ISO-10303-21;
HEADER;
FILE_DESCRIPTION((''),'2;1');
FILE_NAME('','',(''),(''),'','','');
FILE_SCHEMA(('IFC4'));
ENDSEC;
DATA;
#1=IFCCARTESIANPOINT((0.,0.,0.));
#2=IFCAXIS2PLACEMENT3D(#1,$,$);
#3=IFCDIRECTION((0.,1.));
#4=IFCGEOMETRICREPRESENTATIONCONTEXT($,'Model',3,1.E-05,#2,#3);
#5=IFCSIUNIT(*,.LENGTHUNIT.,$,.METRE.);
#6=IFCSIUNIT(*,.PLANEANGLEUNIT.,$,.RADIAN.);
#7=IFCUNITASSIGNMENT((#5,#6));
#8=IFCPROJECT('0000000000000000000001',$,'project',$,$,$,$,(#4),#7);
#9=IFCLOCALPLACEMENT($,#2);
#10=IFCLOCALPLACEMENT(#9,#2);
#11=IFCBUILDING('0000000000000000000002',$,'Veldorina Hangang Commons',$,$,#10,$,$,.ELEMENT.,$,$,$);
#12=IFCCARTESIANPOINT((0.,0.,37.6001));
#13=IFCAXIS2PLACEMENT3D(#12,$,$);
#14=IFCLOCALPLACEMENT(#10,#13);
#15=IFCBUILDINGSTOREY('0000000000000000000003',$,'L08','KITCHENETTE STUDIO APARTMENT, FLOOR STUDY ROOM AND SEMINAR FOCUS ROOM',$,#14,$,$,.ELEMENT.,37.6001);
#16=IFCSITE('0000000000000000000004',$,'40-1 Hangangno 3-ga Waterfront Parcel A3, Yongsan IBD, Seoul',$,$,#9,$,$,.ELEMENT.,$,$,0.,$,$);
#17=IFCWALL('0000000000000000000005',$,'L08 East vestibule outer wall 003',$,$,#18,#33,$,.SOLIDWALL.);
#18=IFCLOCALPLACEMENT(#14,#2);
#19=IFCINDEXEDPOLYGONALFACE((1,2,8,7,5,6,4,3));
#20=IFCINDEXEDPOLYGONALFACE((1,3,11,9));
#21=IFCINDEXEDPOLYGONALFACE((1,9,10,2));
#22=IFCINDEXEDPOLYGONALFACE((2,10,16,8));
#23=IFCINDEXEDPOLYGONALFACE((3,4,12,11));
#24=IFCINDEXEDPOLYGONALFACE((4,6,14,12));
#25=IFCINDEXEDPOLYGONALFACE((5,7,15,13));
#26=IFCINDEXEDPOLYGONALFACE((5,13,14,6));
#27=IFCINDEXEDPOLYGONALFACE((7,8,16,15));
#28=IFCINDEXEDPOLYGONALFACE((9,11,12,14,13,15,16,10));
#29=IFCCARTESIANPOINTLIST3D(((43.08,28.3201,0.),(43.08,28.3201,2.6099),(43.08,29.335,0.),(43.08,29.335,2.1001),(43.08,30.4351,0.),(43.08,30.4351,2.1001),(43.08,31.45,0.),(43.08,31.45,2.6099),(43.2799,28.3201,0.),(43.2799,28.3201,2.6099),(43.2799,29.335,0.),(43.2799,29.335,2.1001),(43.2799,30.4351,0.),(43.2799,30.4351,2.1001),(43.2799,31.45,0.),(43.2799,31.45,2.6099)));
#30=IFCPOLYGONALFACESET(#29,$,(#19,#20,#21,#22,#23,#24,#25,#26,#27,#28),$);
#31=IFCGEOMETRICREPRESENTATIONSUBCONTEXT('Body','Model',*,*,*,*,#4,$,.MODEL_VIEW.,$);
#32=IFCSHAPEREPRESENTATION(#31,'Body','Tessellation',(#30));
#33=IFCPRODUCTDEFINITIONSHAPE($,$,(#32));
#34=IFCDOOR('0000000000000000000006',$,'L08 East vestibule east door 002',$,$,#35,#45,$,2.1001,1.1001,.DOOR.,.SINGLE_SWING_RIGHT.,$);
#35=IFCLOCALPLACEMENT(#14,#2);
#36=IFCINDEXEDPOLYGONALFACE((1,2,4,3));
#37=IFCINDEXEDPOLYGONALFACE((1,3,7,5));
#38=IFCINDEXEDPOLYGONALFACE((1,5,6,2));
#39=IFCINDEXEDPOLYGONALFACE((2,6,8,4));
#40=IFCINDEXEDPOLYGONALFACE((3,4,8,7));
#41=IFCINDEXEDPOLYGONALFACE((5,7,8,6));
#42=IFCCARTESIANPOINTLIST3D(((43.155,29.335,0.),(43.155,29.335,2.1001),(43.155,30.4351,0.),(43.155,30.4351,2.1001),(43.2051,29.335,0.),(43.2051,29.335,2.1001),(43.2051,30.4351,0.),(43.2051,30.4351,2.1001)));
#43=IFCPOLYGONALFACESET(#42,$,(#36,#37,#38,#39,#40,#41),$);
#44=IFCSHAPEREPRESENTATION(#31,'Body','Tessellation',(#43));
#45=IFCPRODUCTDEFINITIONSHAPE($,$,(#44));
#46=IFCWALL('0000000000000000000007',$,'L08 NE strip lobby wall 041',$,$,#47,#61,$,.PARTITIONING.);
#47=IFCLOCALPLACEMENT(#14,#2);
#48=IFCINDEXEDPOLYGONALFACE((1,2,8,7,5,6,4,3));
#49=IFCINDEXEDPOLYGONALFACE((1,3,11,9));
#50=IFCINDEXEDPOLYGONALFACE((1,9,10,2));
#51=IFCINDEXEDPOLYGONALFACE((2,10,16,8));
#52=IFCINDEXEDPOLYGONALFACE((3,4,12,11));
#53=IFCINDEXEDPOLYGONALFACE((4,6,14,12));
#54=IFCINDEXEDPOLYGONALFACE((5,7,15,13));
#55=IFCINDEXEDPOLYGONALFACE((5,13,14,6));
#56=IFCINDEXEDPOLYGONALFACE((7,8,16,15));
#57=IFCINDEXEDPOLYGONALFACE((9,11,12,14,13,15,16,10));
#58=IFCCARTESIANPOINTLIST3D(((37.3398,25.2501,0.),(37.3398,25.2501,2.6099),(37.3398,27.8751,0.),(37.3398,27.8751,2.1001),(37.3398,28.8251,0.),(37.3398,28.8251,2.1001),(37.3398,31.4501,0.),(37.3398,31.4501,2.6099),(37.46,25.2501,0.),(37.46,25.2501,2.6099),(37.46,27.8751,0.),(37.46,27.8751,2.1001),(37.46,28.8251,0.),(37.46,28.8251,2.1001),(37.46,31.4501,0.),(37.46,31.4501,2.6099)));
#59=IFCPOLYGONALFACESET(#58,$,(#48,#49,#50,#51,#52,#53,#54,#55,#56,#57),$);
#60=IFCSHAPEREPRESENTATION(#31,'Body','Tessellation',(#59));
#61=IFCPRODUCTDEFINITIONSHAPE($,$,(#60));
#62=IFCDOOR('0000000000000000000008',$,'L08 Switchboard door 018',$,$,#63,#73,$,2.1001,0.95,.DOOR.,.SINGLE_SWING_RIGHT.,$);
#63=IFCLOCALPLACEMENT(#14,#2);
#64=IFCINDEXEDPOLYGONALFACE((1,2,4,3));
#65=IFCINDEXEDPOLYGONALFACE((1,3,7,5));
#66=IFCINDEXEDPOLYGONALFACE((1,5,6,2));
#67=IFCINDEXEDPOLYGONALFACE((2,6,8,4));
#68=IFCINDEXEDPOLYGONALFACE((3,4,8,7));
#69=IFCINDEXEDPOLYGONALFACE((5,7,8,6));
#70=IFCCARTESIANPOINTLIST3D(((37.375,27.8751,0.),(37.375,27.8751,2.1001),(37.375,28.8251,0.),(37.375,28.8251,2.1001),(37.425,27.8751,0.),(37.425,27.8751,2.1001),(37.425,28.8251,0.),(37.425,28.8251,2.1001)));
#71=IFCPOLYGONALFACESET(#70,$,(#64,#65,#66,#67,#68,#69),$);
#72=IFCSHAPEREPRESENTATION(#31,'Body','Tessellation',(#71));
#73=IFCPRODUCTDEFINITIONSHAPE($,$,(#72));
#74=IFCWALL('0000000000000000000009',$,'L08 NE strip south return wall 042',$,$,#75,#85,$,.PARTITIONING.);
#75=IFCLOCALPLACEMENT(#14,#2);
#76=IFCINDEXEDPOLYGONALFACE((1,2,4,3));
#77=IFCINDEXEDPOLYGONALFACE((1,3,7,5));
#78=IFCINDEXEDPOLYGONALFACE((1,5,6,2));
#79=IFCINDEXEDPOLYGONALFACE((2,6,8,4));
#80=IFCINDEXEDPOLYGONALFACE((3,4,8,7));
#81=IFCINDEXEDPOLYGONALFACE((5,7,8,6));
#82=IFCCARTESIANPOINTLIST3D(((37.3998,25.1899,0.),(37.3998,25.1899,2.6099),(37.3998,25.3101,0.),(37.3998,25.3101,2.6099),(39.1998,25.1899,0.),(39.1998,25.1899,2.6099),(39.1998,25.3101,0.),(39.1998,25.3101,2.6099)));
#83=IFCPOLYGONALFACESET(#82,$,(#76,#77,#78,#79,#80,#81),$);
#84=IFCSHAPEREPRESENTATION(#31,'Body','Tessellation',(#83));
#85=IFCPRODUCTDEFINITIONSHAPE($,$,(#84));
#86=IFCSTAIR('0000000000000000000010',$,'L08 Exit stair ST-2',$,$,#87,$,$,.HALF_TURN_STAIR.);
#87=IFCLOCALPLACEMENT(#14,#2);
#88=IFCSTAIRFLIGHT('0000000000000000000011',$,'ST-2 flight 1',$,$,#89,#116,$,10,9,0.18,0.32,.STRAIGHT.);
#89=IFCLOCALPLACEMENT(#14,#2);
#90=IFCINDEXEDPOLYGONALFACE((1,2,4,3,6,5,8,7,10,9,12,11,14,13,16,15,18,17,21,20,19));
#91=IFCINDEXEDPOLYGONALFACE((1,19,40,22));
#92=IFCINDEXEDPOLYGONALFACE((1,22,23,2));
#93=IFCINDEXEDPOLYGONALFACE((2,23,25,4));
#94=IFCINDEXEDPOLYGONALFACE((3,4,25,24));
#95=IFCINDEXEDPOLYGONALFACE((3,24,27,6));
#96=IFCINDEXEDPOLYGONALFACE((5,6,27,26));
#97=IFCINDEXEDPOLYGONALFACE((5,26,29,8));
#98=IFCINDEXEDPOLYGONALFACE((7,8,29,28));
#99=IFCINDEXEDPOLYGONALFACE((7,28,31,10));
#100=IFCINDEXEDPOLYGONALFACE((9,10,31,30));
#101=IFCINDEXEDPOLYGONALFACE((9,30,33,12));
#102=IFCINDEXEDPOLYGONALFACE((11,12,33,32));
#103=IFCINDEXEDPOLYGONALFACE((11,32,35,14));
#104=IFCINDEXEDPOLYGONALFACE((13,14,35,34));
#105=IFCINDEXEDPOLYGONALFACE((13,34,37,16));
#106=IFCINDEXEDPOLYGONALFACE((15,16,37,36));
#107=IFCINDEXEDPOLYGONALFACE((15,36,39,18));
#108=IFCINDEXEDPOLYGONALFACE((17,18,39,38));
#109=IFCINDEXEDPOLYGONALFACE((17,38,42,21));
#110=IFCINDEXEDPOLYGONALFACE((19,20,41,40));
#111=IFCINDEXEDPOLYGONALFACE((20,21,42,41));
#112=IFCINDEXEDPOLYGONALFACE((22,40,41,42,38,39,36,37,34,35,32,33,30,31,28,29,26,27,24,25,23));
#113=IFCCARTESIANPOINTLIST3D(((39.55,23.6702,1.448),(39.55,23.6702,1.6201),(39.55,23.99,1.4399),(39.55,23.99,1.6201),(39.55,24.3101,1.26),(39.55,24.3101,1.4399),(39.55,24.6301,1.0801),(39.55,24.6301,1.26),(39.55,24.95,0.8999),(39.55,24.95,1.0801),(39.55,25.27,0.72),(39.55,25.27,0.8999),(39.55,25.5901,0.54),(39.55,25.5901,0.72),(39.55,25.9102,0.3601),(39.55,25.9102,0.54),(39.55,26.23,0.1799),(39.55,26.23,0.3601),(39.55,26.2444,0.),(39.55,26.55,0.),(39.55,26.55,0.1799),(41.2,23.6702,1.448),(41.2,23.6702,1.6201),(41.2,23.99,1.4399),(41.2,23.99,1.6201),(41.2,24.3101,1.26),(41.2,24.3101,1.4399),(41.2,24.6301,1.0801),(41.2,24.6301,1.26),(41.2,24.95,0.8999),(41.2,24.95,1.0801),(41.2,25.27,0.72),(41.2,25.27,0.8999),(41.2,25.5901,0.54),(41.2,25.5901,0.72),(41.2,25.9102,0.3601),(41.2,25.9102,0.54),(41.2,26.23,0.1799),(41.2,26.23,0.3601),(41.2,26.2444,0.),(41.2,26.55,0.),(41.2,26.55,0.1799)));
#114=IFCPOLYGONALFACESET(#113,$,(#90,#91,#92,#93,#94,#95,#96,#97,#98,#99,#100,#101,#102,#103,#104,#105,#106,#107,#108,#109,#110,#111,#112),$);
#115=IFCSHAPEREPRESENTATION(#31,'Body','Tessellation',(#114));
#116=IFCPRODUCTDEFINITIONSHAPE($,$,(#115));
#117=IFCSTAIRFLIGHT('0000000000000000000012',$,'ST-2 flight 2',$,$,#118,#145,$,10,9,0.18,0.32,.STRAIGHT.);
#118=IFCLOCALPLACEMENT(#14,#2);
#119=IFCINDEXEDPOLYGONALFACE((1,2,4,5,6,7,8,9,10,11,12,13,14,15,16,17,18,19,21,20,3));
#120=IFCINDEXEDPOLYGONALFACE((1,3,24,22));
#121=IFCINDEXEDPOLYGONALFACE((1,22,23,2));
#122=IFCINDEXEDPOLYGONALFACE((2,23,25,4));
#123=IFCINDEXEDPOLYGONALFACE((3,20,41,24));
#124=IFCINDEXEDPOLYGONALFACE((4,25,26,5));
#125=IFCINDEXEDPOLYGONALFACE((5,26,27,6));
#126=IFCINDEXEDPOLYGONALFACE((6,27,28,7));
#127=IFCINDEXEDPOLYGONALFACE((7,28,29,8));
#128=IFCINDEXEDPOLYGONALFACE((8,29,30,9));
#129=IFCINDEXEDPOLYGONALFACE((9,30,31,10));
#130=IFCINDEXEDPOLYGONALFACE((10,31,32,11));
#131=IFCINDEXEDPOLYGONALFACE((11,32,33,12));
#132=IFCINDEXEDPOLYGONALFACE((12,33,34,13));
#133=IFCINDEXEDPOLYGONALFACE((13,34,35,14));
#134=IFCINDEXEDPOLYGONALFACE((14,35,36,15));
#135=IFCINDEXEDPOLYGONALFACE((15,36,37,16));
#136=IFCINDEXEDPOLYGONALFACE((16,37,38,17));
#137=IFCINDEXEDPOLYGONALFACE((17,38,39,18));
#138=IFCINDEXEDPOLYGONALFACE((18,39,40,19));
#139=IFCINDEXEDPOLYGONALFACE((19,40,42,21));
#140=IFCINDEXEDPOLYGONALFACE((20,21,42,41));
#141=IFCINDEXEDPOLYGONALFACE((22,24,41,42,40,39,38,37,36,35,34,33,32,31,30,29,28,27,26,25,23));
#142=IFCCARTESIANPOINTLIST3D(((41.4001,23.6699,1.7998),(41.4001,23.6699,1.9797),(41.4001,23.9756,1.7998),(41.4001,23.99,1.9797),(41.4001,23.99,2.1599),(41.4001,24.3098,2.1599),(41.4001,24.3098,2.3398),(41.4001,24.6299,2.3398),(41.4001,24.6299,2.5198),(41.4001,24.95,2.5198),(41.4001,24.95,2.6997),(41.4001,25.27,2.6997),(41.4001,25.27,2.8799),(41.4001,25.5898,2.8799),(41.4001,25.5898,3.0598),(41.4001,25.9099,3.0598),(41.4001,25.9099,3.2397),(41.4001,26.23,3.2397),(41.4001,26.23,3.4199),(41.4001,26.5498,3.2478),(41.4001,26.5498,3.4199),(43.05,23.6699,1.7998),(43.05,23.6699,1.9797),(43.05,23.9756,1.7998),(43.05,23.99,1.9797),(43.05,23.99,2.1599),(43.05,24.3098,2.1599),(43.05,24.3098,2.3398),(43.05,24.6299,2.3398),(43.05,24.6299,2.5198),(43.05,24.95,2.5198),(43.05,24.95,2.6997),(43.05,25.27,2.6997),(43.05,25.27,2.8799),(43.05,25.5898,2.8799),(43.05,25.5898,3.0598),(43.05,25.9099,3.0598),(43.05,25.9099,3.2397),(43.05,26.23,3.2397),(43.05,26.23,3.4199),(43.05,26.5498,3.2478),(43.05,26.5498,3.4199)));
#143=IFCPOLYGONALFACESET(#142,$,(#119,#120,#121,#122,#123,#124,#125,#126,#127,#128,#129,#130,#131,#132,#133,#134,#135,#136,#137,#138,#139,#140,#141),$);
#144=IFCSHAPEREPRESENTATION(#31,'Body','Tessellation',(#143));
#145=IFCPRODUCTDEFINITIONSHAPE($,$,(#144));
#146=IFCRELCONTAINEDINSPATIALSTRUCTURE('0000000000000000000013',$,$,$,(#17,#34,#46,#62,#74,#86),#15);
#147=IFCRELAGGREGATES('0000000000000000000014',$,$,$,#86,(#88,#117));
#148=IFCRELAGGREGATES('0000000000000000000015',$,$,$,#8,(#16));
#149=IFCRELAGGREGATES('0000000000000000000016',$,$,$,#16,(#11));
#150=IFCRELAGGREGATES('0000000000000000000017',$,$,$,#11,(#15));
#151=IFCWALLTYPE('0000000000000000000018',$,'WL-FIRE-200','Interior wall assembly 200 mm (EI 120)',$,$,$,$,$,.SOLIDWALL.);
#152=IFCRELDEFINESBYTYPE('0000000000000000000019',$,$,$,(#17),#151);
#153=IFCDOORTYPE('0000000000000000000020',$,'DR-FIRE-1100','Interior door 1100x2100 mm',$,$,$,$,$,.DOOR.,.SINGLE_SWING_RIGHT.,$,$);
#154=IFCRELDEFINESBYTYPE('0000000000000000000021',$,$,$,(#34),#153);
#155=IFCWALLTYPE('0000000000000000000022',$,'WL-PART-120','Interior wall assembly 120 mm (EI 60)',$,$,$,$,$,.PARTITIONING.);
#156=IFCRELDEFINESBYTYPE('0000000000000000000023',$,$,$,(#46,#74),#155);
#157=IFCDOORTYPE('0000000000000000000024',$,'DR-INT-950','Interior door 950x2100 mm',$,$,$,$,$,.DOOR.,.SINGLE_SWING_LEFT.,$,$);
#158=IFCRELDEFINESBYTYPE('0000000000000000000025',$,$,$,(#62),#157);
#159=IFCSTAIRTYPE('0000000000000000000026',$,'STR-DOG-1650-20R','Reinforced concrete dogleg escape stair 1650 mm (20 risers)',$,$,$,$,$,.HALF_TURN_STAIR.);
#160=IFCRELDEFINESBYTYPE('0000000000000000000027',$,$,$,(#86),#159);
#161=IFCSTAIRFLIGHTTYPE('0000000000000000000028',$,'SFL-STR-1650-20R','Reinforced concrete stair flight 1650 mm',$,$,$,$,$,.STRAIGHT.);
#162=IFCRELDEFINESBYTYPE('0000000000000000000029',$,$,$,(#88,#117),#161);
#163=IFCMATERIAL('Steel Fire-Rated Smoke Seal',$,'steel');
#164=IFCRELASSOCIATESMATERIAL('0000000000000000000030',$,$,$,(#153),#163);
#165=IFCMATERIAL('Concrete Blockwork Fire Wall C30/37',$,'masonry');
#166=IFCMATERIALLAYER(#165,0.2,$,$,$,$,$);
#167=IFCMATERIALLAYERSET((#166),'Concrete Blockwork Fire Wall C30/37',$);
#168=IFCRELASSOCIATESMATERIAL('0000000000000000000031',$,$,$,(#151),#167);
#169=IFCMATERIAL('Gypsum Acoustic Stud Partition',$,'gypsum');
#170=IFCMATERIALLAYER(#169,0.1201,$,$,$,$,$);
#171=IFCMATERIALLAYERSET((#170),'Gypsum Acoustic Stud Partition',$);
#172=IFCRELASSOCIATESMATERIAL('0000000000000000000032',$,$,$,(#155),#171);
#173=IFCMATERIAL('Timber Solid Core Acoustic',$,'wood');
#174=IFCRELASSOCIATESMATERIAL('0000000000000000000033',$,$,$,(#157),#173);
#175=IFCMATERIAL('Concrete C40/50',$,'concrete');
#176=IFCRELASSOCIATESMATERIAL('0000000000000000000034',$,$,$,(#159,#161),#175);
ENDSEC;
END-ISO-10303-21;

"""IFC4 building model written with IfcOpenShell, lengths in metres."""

from ifc_helpers import new_model, si_unit, direction, frame, frame_2d, origin, place, context, subcontext, project, spatial, polyline, rectangle, outline, extrude, material, layer, layer_set, type_object, element, fill, aggregate, save


model = new_model("IFC4")

# Units and contexts
model_context = context("Model", 3, precision=1e-05, world=origin(), true_north=direction((0.0, 1.0)))
body_context = subcontext(model_context, "Body", "Model", "MODEL_VIEW")
ifc_project = project(units=[si_unit("LENGTHUNIT", "METRE"), si_unit("PLANEANGLEUNIT", "RADIAN")], contexts=[model_context])

# Site, building, storey
site_placement = place(None, origin())
site = spatial("IfcSite", under=ifc_project, at=site_placement, Name="40-1 Hangangno 3-ga Waterfront Parcel A3, Yongsan IBD, Seoul", CompositionType="ELEMENT", RefElevation=0.0)
building_placement = place(site_placement, origin())
building = spatial("IfcBuilding", under=site, at=building_placement, Name="Veldorina Hangang Commons", CompositionType="ELEMENT")
storey_placement = place(building_placement, frame((0.0, 0.0, 37.6001)))
storey = spatial("IfcBuildingStorey", under=building, at=storey_placement, Name="L08", Description="KITCHENETTE STUDIO APARTMENT, FLOOR STUDY ROOM AND SEMINAR FOCUS ROOM", CompositionType="ELEMENT", Elevation=37.6001)

# Shared definitions
ifc_material_1 = material(Name="Steel Fire-Rated Smoke Seal", Category="steel")
door_type_1 = type_object("IfcDoorType", Name="DR-FIRE-1100", Description="Interior door 1100x2100 mm", OperationType="SINGLE_SWING_RIGHT", PredefinedType="DOOR", material=ifc_material_1)

# Walls, openings, doors
ifc_material_2 = material(Name="Concrete Blockwork Fire Wall C30/37", Category="masonry")
ifc_layer_1 = layer(ifc_material_2, 0.2)
ifc_layer_set_1 = layer_set([ifc_layer_1], Name="Concrete Blockwork Fire Wall C30/37")
wall_type_1 = type_object("IfcWallType", Name="WL-FIRE-200", Description="Interior wall assembly 200 mm (EI 120)", PredefinedType="SOLIDWALL", material=ifc_layer_set_1)
wall_1_placement = place(storey_placement, frame((43.1799, 28.3201, 0.0), z_axis=(0.0, 0.0, 1.0), x_axis=(0.0, 1.0, 0.0)))
wall_1 = element("IfcWall", 1, at=wall_1_placement, inside=storey, type_object=wall_type_1, Name="L08 East vestibule outer wall 003", PredefinedType="SOLIDWALL", context=body_context, shape_type="SweptSolid", body=[
    extrude(rectangle(XDim=3.1299, YDim=0.2, at=frame_2d((1.5649, 0.0))), origin(), (0.0, 0.0, 1.0), 2.6099),
])
opening_1_placement = place(wall_1_placement, frame((1.0149, 0.0, 0.0)))
opening_1 = element("IfcOpeningElement", 2, at=opening_1_placement, cuts=wall_1, PredefinedType="OPENING", context=body_context, shape_type="SweptSolid", body=[
    extrude(rectangle(XDim=1.1001, YDim=2.1001, at=frame_2d((0.55, 1.05))), frame((0.0, 0.1099, 0.0), z_axis=(0.0, -1.0, 0.0), x_axis=(1.0, 0.0, 0.0)), (0.0, 0.0, 1.0), 0.22),
])
door_1_placement = place(opening_1_placement, origin())
door_1 = element("IfcDoor", 3, at=door_1_placement, inside=storey, type_object=door_type_1, Name="L08 East vestibule east door 002", OperationType="SINGLE_SWING_RIGHT", OverallHeight=2.1001, OverallWidth=1.1001, PredefinedType="DOOR", context=body_context, shape_type="SweptSolid", body=[
    extrude(rectangle(XDim=1.1001, YDim=2.1001, at=frame_2d((0.55, 1.05))), frame((0.0, 0.0249, 0.0), z_axis=(0.0, -1.0, 0.0), x_axis=(1.0, 0.0, 0.0)), (0.0, 0.0, 1.0), 0.05),
])
fill(opening_1, door_1)
ifc_material_3 = material(Name="Gypsum Acoustic Stud Partition", Category="gypsum")
ifc_layer_2 = layer(ifc_material_3, 0.1201)
ifc_layer_set_2 = layer_set([ifc_layer_2], Name="Gypsum Acoustic Stud Partition")
wall_type_2 = type_object("IfcWallType", Name="WL-PART-120", Description="Interior wall assembly 120 mm (EI 60)", PredefinedType="PARTITIONING", material=ifc_layer_set_2)
wall_2_placement = place(storey_placement, frame((37.3999, 25.25, 0.0), z_axis=(0.0, 0.0, 1.0), x_axis=(0.0, 1.0, 0.0)))
wall_2 = element("IfcWall", 4, at=wall_2_placement, inside=storey, type_object=wall_type_2, Name="L08 NE strip lobby wall 041", PredefinedType="PARTITIONING", context=body_context, shape_type="SweptSolid", body=[
    extrude(rectangle(XDim=6.2, YDim=0.1201, at=frame_2d((3.1001, 0.0))), origin(), (0.0, 0.0, 1.0), 2.6099),
])
opening_2_placement = place(wall_2_placement, frame((2.625, 0.0, 0.0)))
opening_2 = element("IfcOpeningElement", 5, at=opening_2_placement, cuts=wall_2, PredefinedType="OPENING", context=body_context, shape_type="SweptSolid", body=[
    extrude(rectangle(XDim=0.95, YDim=2.1001, at=frame_2d((0.4751, 1.05))), frame((0.0, 0.0701, 0.0), z_axis=(0.0, -1.0, 0.0), x_axis=(1.0, 0.0, 0.0)), (0.0, 0.0, 1.0), 0.1401),
])
ifc_material_4 = material(Name="Timber Solid Core Acoustic", Category="wood")
door_type_2 = type_object("IfcDoorType", Name="DR-INT-950", Description="Interior door 950x2100 mm", OperationType="SINGLE_SWING_LEFT", PredefinedType="DOOR", material=ifc_material_4)
door_2_placement = place(opening_2_placement, origin())
door_2 = element("IfcDoor", 6, at=door_2_placement, inside=storey, type_object=door_type_2, Name="L08 Switchboard door 018", OperationType="SINGLE_SWING_RIGHT", OverallHeight=2.1001, OverallWidth=0.95, PredefinedType="DOOR", context=body_context, shape_type="SweptSolid", body=[
    extrude(rectangle(XDim=0.95, YDim=2.1001, at=frame_2d((0.4751, 1.05))), frame((0.0, 0.0249, 0.0), z_axis=(0.0, -1.0, 0.0), x_axis=(1.0, 0.0, 0.0)), (0.0, 0.0, 1.0), 0.05),
])
fill(opening_2, door_2)

# Wall
wall_3_placement = place(storey_placement, frame((37.3999, 25.25, 0.0), z_axis=(0.0, 0.0, 1.0), x_axis=(1.0, 0.0, 0.0)))
element("IfcWall", 7, at=wall_3_placement, inside=storey, type_object=wall_type_2, Name="L08 NE strip south return wall 042", PredefinedType="PARTITIONING", context=body_context, shape_type="SweptSolid", body=[
    extrude(rectangle(XDim=1.8, YDim=0.1201, at=frame_2d((0.8999, 0.0))), origin(), (0.0, 0.0, 1.0), 2.6099),
])

# Stair, stair flights
ifc_material_5 = material(Name="Concrete C40/50", Category="concrete")
stair_type = type_object("IfcStairType", Name="STR-DOG-1650-20R", Description="Reinforced concrete dogleg escape stair 1650 mm (20 risers)", PredefinedType="HALF_TURN_STAIR", material=ifc_material_5)
stair_placement = place(storey_placement, origin())
stair = element("IfcStair", 8, at=stair_placement, inside=storey, type_object=stair_type, Name="L08 Exit stair ST-2", PredefinedType="HALF_TURN_STAIR")
stair_flight_type = type_object("IfcStairFlightType", Name="SFL-STR-1650-20R", Description="Reinforced concrete stair flight 1650 mm", PredefinedType="STRAIGHT", material=ifc_material_5)
stair_flight_1_placement = place(storey_placement, frame((40.375, 26.55, 0.0), z_axis=(0.0, 0.0, 1.0), x_axis=(0.0, -1.0, 0.0)))
stair_flight_1 = element("IfcStairFlight", 9, at=stair_flight_1_placement, type_object=stair_flight_type, Name="ST-2 flight 1", NumberOfRisers=10, NumberOfTreads=9, PredefinedType="STRAIGHT", RiserHeight=0.18, TreadLength=0.32, context=body_context, shape_type="SweptSolid", body=[
    extrude(outline(polyline([(0.0, 0.0), (0.0, 0.1799), (0.3201, 0.1799), (0.3201, 0.3601), (0.6399, 0.3601), (0.6399, 0.54), (0.96, 0.54), (0.96, 0.72), (1.28, 0.72), (1.28, 0.8999), (1.6001, 0.8999), (1.6001, 1.0801), (1.9199, 1.0801), (1.9199, 1.26), (2.24, 1.26), (2.24, 1.4399), (2.5601, 1.4399), (2.5601, 1.6201), (2.8799, 1.6201), (2.8799, 1.8), (2.8799, 1.448), (0.3057, 0.0), (0.0, 0.0)])), frame((0.0, 0.825, 0.0), z_axis=(0.0, -1.0, 0.0), x_axis=(1.0, 0.0, 0.0)), (0.0, 0.0, 1.0), 1.6499),
])
stair_flight_2_placement = place(storey_placement, frame((42.2251, 23.6699, 1.7998), z_axis=(0.0, 0.0, 1.0), x_axis=(0.0, 1.0, 0.0)))
stair_flight_2 = element("IfcStairFlight", 10, at=stair_flight_2_placement, type_object=stair_flight_type, Name="ST-2 flight 2", NumberOfRisers=10, NumberOfTreads=9, PredefinedType="STRAIGHT", RiserHeight=0.18, TreadLength=0.32, context=body_context, shape_type="SweptSolid", body=[
    extrude(outline(polyline([(0.0, 0.0), (0.0, 0.1799), (0.3201, 0.1799), (0.3201, 0.3601), (0.6399, 0.3601), (0.6399, 0.54), (0.96, 0.54), (0.96, 0.72), (1.28, 0.72), (1.28, 0.8999), (1.6001, 0.8999), (1.6001, 1.0801), (1.9199, 1.0801), (1.9199, 1.26), (2.24, 1.26), (2.24, 1.4399), (2.5601, 1.4399), (2.5601, 1.6201), (2.8799, 1.6201), (2.8799, 1.8), (2.8799, 1.448), (0.3057, 0.0), (0.0, 0.0)])), frame((0.0, 0.825, 0.0), z_axis=(0.0, -1.0, 0.0), x_axis=(1.0, 0.0, 0.0)), (0.0, 0.0, 1.0), 1.6499),
])
aggregate(stair, [stair_flight_1, stair_flight_2])

save(model, "model.ifc")
